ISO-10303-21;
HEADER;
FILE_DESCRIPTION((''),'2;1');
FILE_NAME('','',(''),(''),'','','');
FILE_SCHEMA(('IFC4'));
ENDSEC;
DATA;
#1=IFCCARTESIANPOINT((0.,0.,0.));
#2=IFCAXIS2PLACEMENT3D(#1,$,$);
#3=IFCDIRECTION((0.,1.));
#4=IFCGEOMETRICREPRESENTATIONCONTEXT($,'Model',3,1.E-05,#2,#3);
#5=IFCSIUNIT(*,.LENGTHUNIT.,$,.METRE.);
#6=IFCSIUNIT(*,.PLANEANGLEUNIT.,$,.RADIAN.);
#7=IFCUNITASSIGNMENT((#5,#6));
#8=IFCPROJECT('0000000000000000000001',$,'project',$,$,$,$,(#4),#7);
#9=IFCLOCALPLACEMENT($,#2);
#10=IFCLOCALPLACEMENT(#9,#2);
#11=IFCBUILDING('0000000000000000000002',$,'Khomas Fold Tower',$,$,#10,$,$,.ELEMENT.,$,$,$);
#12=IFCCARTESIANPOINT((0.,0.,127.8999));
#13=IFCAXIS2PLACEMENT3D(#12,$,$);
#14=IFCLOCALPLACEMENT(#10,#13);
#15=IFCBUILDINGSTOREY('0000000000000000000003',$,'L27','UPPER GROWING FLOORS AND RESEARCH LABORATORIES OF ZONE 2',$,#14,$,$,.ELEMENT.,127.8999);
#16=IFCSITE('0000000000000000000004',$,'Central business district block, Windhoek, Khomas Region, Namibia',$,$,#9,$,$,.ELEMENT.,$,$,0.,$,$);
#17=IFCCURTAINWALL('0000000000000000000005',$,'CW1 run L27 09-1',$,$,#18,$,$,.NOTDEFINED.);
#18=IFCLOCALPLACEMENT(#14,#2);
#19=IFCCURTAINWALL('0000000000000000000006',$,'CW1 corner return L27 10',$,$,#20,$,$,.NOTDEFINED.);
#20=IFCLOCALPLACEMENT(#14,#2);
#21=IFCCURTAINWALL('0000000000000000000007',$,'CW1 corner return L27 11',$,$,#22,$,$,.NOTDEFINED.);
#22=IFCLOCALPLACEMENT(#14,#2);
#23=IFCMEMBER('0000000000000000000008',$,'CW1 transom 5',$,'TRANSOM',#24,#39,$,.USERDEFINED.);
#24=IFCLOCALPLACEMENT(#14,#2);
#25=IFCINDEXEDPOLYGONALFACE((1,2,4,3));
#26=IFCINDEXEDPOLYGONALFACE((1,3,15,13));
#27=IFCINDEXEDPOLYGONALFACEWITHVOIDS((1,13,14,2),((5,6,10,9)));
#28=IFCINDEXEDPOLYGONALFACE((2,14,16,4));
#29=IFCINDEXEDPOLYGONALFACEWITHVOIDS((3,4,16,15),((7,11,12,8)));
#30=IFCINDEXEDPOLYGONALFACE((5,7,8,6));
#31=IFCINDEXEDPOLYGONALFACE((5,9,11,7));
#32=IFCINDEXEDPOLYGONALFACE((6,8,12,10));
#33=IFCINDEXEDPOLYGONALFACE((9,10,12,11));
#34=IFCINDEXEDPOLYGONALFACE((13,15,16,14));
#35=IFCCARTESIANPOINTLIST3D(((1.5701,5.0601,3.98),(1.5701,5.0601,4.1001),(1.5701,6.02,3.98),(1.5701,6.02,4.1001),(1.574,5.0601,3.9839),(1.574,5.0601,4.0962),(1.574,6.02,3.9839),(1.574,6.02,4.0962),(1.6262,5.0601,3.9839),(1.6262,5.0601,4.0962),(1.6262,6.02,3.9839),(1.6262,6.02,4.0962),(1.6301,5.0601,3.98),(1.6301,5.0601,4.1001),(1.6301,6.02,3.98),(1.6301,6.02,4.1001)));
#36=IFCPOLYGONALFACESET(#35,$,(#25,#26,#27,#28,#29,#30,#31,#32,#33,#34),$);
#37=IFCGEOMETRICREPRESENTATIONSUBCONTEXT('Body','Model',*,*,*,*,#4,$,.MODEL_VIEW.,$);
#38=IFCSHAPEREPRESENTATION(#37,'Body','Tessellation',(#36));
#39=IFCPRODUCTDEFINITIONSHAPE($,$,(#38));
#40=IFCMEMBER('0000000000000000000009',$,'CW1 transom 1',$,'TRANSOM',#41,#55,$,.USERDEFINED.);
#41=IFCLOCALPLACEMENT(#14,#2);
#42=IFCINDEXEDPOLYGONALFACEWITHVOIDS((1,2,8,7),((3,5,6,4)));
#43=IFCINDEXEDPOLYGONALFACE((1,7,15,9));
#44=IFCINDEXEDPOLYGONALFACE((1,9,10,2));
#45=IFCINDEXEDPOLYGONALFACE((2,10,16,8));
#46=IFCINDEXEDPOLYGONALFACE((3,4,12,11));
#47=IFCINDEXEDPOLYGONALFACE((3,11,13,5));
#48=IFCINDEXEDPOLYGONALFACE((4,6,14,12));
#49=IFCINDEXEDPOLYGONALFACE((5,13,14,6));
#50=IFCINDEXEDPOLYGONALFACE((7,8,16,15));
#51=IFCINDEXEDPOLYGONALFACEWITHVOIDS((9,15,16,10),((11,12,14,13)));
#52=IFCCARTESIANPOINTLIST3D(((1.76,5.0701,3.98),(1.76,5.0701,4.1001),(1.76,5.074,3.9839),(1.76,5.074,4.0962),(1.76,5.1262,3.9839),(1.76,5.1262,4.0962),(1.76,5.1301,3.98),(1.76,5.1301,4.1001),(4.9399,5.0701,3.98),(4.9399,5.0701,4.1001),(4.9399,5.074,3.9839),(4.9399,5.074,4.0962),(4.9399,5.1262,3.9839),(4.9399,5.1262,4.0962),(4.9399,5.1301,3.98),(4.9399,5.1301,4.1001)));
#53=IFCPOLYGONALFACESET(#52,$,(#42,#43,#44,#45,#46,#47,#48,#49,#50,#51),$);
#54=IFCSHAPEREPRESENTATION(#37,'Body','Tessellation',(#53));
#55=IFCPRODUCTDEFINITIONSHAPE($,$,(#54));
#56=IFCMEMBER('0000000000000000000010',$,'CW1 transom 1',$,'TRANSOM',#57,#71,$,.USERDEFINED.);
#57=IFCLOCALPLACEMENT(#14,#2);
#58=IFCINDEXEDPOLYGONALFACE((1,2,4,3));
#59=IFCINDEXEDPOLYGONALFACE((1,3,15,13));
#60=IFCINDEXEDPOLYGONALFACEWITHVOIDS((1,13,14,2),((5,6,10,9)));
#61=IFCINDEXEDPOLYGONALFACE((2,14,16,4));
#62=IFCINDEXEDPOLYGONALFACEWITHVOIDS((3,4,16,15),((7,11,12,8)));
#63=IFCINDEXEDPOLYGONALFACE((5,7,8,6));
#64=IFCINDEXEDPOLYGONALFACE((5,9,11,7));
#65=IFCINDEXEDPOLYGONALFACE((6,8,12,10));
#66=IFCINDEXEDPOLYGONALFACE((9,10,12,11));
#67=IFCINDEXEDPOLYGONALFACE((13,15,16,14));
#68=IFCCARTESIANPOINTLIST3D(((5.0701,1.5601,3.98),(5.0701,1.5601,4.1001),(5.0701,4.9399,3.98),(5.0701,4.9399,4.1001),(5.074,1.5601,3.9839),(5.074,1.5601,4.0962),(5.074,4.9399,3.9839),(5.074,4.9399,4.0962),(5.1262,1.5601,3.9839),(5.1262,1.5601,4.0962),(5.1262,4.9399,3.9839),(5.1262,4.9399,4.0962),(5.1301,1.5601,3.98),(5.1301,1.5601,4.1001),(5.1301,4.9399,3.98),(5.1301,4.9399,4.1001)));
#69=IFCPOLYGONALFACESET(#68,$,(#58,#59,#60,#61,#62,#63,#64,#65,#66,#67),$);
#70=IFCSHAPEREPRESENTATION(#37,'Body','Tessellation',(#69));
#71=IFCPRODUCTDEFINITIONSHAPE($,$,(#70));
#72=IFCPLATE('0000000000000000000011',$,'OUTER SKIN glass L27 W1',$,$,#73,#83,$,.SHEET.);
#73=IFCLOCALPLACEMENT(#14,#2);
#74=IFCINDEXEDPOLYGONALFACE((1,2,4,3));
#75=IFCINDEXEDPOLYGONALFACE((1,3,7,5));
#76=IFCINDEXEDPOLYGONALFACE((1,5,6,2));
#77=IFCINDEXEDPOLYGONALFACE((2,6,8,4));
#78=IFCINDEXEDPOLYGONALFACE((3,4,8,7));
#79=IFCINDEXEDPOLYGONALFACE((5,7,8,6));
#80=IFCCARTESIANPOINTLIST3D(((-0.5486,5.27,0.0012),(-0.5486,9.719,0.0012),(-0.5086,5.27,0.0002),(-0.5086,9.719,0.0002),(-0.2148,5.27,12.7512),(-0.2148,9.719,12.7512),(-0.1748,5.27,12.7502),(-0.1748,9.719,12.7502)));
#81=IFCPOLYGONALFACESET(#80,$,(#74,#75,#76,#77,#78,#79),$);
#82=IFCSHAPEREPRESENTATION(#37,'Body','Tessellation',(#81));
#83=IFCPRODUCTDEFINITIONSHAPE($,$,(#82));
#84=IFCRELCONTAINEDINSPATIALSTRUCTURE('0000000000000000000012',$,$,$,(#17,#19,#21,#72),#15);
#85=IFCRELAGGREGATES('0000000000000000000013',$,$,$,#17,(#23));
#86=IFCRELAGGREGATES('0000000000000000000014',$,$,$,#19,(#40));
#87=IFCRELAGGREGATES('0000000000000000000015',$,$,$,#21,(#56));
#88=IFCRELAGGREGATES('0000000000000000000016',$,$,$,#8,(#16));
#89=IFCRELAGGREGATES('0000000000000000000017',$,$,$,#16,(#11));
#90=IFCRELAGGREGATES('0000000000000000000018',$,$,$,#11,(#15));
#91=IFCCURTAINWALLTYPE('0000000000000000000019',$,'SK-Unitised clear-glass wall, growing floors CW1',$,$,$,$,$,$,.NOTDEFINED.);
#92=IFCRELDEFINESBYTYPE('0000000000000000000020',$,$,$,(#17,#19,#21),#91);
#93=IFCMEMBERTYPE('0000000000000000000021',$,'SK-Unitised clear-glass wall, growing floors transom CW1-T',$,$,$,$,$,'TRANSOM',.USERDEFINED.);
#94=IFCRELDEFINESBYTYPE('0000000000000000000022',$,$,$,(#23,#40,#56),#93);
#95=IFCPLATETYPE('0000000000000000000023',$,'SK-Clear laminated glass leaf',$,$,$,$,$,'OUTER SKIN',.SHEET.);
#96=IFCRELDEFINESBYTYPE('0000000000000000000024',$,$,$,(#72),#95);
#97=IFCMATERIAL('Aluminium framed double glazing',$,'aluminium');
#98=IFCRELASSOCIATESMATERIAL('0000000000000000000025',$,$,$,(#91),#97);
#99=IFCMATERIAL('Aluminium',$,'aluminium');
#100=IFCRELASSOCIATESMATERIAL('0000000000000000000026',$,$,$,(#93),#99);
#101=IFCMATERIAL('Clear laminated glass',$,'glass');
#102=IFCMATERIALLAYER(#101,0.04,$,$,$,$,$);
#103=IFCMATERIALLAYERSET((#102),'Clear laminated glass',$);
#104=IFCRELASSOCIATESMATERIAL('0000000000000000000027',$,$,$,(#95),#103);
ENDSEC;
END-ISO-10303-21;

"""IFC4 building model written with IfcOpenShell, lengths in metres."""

from ifc_helpers import new_model, si_unit, direction, frame, origin, origin_2d, place, context, subcontext, project, spatial, polyline, hollow_rectangle, outline, extrude, source, transform, mapped, material, layer, layer_set, material_profile, profile_set, type_object, element, aggregate, save


model = new_model("IFC4")

# Units and contexts
model_context = context("Model", 3, precision=1e-05, world=origin(), true_north=direction((0.0, 1.0)))
body_context = subcontext(model_context, "Body", "Model", "MODEL_VIEW")
ifc_project = project(units=[si_unit("LENGTHUNIT", "METRE"), si_unit("PLANEANGLEUNIT", "RADIAN")], contexts=[model_context])

# Site, building, storey
site_placement = place(None, origin())
site = spatial("IfcSite", under=ifc_project, at=site_placement, Name="Central business district block, Windhoek, Khomas Region, Namibia", CompositionType="ELEMENT", RefElevation=0.0)
building_placement = place(site_placement, origin())
building = spatial("IfcBuilding", under=site, at=building_placement, Name="Khomas Fold Tower", CompositionType="ELEMENT")
storey_placement = place(building_placement, frame((0.0, 0.0, 127.8999)))
storey = spatial("IfcBuildingStorey", under=building, at=storey_placement, Name="L27", Description="UPPER GROWING FLOORS AND RESEARCH LABORATORIES OF ZONE 2", CompositionType="ELEMENT", Elevation=127.8999)

# Curtain walls
ifc_material_1 = material(Name="Aluminium framed double glazing", Category="aluminium")
curtain_wall_type = type_object("IfcCurtainWallType", Name="SK-Unitised clear-glass wall, growing floors CW1", PredefinedType="NOTDEFINED", material=ifc_material_1)
curtain_wall_1_placement = place(storey_placement, origin())
curtain_wall_1 = element("IfcCurtainWall", 1, at=curtain_wall_1_placement, inside=storey, type_object=curtain_wall_type, Name="CW1 run L27 09-1", PredefinedType="NOTDEFINED")
curtain_wall_2_placement = place(storey_placement, origin())
curtain_wall_2 = element("IfcCurtainWall", 2, at=curtain_wall_2_placement, inside=storey, type_object=curtain_wall_type, Name="CW1 corner return L27 10", PredefinedType="NOTDEFINED")
curtain_wall_3_placement = place(storey_placement, origin())
curtain_wall_3 = element("IfcCurtainWall", 3, at=curtain_wall_3_placement, inside=storey, type_object=curtain_wall_type, Name="CW1 corner return L27 11", PredefinedType="NOTDEFINED")

# Shared definitions
ifc_material_2 = material(Name="Aluminium", Category="aluminium")
ifc_material_profile_1 = material_profile(ifc_material_2, hollow_rectangle(XDim=0.0601, YDim=0.1201, WallThickness=0.0039, at=origin_2d()), Name="SK-Unitised clear-glass wall, growing floors transom CW1-T")
ifc_profile_set_1 = profile_set([ifc_material_profile_1], Name="Aluminium")
member_type_1 = type_object("IfcMemberType", Name="SK-Unitised clear-glass wall, growing floors transom CW1-T", ElementType="TRANSOM", PredefinedType="USERDEFINED", material=ifc_profile_set_1)

# Members
shared_shape_1 = source(origin(), body_context, "Body", "SweptSolid", [
    extrude(hollow_rectangle(XDim=0.0601, YDim=0.1201, WallThickness=0.0039, at=origin_2d()), origin(), (0.0, 0.0, 1.0), 0.96),
])
member_1_placement = place(storey_placement, frame((1.6001, 6.02, 4.04), z_axis=(0.0, -1.0, 0.0), x_axis=(1.0, 0.0, 0.0)))
member_1 = element("IfcMember", 4, at=member_1_placement, type_object=member_type_1, Name="CW1 transom 5", ObjectType="TRANSOM", PredefinedType="USERDEFINED", context=body_context, shape_type="MappedRepresentation", body=[
    mapped(shared_shape_1, transform((0.0, 0.0, 0.0))),
])
shared_shape_2 = source(origin(), body_context, "Body", "SweptSolid", [
    extrude(hollow_rectangle(XDim=0.0601, YDim=0.1201, WallThickness=0.0039, at=origin_2d()), origin(), (0.0, 0.0, 1.0), 3.1799),
])
member_2_placement = place(storey_placement, frame((1.76, 5.1001, 4.04), z_axis=(1.0, 0.0, 0.0), x_axis=(0.0, 1.0, 0.0)))
member_2 = element("IfcMember", 5, at=member_2_placement, type_object=member_type_1, Name="CW1 transom 1", ObjectType="TRANSOM", PredefinedType="USERDEFINED", context=body_context, shape_type="MappedRepresentation", body=[
    mapped(shared_shape_2, transform((0.0, 0.0, 0.0))),
])
shared_shape_3 = source(origin(), body_context, "Body", "SweptSolid", [
    extrude(hollow_rectangle(XDim=0.0601, YDim=0.1201, WallThickness=0.0039, at=origin_2d()), origin(), (0.0, 0.0, 1.0), 3.3799),
])
member_3_placement = place(storey_placement, frame((5.1001, 4.9399, 4.04), z_axis=(0.0, -1.0, 0.0), x_axis=(1.0, 0.0, 0.0)))
member_3 = element("IfcMember", 6, at=member_3_placement, type_object=member_type_1, Name="CW1 transom 1", ObjectType="TRANSOM", PredefinedType="USERDEFINED", context=body_context, shape_type="MappedRepresentation", body=[
    mapped(shared_shape_3, transform((0.0, 0.0, 0.0))),
])

# Plate
ifc_material_3 = material(Name="Clear laminated glass", Category="glass")
ifc_layer_1 = layer(ifc_material_3, 0.04)
ifc_layer_set_1 = layer_set([ifc_layer_1], Name="Clear laminated glass")
plate_type_1 = type_object("IfcPlateType", Name="SK-Clear laminated glass leaf", ElementType="OUTER SKIN", PredefinedType="SHEET", material=ifc_layer_set_1)
plate_1_placement = place(storey_placement, frame((-0.5486, 5.27, 0.0012), z_axis=(-0.999658, 0.0, 0.026167), x_axis=(0.0, 1.0, 0.0)))
element("IfcPlate", 7, at=plate_1_placement, inside=storey, type_object=plate_type_1, Name="OUTER SKIN glass L27 W1", PredefinedType="SHEET", context=body_context, shape_type="SweptSolid", body=[
    extrude(outline(polyline([(0.0, 0.0), (4.449, 0.0), (4.449, -12.7544), (0.0, -12.7544), (0.0, 0.0)])), origin(), (0.0, 0.0, -1.0), 0.04),
])

aggregate(curtain_wall_1, [member_1])
aggregate(curtain_wall_2, [member_2])
aggregate(curtain_wall_3, [member_3])

save(model, "model.ifc")
